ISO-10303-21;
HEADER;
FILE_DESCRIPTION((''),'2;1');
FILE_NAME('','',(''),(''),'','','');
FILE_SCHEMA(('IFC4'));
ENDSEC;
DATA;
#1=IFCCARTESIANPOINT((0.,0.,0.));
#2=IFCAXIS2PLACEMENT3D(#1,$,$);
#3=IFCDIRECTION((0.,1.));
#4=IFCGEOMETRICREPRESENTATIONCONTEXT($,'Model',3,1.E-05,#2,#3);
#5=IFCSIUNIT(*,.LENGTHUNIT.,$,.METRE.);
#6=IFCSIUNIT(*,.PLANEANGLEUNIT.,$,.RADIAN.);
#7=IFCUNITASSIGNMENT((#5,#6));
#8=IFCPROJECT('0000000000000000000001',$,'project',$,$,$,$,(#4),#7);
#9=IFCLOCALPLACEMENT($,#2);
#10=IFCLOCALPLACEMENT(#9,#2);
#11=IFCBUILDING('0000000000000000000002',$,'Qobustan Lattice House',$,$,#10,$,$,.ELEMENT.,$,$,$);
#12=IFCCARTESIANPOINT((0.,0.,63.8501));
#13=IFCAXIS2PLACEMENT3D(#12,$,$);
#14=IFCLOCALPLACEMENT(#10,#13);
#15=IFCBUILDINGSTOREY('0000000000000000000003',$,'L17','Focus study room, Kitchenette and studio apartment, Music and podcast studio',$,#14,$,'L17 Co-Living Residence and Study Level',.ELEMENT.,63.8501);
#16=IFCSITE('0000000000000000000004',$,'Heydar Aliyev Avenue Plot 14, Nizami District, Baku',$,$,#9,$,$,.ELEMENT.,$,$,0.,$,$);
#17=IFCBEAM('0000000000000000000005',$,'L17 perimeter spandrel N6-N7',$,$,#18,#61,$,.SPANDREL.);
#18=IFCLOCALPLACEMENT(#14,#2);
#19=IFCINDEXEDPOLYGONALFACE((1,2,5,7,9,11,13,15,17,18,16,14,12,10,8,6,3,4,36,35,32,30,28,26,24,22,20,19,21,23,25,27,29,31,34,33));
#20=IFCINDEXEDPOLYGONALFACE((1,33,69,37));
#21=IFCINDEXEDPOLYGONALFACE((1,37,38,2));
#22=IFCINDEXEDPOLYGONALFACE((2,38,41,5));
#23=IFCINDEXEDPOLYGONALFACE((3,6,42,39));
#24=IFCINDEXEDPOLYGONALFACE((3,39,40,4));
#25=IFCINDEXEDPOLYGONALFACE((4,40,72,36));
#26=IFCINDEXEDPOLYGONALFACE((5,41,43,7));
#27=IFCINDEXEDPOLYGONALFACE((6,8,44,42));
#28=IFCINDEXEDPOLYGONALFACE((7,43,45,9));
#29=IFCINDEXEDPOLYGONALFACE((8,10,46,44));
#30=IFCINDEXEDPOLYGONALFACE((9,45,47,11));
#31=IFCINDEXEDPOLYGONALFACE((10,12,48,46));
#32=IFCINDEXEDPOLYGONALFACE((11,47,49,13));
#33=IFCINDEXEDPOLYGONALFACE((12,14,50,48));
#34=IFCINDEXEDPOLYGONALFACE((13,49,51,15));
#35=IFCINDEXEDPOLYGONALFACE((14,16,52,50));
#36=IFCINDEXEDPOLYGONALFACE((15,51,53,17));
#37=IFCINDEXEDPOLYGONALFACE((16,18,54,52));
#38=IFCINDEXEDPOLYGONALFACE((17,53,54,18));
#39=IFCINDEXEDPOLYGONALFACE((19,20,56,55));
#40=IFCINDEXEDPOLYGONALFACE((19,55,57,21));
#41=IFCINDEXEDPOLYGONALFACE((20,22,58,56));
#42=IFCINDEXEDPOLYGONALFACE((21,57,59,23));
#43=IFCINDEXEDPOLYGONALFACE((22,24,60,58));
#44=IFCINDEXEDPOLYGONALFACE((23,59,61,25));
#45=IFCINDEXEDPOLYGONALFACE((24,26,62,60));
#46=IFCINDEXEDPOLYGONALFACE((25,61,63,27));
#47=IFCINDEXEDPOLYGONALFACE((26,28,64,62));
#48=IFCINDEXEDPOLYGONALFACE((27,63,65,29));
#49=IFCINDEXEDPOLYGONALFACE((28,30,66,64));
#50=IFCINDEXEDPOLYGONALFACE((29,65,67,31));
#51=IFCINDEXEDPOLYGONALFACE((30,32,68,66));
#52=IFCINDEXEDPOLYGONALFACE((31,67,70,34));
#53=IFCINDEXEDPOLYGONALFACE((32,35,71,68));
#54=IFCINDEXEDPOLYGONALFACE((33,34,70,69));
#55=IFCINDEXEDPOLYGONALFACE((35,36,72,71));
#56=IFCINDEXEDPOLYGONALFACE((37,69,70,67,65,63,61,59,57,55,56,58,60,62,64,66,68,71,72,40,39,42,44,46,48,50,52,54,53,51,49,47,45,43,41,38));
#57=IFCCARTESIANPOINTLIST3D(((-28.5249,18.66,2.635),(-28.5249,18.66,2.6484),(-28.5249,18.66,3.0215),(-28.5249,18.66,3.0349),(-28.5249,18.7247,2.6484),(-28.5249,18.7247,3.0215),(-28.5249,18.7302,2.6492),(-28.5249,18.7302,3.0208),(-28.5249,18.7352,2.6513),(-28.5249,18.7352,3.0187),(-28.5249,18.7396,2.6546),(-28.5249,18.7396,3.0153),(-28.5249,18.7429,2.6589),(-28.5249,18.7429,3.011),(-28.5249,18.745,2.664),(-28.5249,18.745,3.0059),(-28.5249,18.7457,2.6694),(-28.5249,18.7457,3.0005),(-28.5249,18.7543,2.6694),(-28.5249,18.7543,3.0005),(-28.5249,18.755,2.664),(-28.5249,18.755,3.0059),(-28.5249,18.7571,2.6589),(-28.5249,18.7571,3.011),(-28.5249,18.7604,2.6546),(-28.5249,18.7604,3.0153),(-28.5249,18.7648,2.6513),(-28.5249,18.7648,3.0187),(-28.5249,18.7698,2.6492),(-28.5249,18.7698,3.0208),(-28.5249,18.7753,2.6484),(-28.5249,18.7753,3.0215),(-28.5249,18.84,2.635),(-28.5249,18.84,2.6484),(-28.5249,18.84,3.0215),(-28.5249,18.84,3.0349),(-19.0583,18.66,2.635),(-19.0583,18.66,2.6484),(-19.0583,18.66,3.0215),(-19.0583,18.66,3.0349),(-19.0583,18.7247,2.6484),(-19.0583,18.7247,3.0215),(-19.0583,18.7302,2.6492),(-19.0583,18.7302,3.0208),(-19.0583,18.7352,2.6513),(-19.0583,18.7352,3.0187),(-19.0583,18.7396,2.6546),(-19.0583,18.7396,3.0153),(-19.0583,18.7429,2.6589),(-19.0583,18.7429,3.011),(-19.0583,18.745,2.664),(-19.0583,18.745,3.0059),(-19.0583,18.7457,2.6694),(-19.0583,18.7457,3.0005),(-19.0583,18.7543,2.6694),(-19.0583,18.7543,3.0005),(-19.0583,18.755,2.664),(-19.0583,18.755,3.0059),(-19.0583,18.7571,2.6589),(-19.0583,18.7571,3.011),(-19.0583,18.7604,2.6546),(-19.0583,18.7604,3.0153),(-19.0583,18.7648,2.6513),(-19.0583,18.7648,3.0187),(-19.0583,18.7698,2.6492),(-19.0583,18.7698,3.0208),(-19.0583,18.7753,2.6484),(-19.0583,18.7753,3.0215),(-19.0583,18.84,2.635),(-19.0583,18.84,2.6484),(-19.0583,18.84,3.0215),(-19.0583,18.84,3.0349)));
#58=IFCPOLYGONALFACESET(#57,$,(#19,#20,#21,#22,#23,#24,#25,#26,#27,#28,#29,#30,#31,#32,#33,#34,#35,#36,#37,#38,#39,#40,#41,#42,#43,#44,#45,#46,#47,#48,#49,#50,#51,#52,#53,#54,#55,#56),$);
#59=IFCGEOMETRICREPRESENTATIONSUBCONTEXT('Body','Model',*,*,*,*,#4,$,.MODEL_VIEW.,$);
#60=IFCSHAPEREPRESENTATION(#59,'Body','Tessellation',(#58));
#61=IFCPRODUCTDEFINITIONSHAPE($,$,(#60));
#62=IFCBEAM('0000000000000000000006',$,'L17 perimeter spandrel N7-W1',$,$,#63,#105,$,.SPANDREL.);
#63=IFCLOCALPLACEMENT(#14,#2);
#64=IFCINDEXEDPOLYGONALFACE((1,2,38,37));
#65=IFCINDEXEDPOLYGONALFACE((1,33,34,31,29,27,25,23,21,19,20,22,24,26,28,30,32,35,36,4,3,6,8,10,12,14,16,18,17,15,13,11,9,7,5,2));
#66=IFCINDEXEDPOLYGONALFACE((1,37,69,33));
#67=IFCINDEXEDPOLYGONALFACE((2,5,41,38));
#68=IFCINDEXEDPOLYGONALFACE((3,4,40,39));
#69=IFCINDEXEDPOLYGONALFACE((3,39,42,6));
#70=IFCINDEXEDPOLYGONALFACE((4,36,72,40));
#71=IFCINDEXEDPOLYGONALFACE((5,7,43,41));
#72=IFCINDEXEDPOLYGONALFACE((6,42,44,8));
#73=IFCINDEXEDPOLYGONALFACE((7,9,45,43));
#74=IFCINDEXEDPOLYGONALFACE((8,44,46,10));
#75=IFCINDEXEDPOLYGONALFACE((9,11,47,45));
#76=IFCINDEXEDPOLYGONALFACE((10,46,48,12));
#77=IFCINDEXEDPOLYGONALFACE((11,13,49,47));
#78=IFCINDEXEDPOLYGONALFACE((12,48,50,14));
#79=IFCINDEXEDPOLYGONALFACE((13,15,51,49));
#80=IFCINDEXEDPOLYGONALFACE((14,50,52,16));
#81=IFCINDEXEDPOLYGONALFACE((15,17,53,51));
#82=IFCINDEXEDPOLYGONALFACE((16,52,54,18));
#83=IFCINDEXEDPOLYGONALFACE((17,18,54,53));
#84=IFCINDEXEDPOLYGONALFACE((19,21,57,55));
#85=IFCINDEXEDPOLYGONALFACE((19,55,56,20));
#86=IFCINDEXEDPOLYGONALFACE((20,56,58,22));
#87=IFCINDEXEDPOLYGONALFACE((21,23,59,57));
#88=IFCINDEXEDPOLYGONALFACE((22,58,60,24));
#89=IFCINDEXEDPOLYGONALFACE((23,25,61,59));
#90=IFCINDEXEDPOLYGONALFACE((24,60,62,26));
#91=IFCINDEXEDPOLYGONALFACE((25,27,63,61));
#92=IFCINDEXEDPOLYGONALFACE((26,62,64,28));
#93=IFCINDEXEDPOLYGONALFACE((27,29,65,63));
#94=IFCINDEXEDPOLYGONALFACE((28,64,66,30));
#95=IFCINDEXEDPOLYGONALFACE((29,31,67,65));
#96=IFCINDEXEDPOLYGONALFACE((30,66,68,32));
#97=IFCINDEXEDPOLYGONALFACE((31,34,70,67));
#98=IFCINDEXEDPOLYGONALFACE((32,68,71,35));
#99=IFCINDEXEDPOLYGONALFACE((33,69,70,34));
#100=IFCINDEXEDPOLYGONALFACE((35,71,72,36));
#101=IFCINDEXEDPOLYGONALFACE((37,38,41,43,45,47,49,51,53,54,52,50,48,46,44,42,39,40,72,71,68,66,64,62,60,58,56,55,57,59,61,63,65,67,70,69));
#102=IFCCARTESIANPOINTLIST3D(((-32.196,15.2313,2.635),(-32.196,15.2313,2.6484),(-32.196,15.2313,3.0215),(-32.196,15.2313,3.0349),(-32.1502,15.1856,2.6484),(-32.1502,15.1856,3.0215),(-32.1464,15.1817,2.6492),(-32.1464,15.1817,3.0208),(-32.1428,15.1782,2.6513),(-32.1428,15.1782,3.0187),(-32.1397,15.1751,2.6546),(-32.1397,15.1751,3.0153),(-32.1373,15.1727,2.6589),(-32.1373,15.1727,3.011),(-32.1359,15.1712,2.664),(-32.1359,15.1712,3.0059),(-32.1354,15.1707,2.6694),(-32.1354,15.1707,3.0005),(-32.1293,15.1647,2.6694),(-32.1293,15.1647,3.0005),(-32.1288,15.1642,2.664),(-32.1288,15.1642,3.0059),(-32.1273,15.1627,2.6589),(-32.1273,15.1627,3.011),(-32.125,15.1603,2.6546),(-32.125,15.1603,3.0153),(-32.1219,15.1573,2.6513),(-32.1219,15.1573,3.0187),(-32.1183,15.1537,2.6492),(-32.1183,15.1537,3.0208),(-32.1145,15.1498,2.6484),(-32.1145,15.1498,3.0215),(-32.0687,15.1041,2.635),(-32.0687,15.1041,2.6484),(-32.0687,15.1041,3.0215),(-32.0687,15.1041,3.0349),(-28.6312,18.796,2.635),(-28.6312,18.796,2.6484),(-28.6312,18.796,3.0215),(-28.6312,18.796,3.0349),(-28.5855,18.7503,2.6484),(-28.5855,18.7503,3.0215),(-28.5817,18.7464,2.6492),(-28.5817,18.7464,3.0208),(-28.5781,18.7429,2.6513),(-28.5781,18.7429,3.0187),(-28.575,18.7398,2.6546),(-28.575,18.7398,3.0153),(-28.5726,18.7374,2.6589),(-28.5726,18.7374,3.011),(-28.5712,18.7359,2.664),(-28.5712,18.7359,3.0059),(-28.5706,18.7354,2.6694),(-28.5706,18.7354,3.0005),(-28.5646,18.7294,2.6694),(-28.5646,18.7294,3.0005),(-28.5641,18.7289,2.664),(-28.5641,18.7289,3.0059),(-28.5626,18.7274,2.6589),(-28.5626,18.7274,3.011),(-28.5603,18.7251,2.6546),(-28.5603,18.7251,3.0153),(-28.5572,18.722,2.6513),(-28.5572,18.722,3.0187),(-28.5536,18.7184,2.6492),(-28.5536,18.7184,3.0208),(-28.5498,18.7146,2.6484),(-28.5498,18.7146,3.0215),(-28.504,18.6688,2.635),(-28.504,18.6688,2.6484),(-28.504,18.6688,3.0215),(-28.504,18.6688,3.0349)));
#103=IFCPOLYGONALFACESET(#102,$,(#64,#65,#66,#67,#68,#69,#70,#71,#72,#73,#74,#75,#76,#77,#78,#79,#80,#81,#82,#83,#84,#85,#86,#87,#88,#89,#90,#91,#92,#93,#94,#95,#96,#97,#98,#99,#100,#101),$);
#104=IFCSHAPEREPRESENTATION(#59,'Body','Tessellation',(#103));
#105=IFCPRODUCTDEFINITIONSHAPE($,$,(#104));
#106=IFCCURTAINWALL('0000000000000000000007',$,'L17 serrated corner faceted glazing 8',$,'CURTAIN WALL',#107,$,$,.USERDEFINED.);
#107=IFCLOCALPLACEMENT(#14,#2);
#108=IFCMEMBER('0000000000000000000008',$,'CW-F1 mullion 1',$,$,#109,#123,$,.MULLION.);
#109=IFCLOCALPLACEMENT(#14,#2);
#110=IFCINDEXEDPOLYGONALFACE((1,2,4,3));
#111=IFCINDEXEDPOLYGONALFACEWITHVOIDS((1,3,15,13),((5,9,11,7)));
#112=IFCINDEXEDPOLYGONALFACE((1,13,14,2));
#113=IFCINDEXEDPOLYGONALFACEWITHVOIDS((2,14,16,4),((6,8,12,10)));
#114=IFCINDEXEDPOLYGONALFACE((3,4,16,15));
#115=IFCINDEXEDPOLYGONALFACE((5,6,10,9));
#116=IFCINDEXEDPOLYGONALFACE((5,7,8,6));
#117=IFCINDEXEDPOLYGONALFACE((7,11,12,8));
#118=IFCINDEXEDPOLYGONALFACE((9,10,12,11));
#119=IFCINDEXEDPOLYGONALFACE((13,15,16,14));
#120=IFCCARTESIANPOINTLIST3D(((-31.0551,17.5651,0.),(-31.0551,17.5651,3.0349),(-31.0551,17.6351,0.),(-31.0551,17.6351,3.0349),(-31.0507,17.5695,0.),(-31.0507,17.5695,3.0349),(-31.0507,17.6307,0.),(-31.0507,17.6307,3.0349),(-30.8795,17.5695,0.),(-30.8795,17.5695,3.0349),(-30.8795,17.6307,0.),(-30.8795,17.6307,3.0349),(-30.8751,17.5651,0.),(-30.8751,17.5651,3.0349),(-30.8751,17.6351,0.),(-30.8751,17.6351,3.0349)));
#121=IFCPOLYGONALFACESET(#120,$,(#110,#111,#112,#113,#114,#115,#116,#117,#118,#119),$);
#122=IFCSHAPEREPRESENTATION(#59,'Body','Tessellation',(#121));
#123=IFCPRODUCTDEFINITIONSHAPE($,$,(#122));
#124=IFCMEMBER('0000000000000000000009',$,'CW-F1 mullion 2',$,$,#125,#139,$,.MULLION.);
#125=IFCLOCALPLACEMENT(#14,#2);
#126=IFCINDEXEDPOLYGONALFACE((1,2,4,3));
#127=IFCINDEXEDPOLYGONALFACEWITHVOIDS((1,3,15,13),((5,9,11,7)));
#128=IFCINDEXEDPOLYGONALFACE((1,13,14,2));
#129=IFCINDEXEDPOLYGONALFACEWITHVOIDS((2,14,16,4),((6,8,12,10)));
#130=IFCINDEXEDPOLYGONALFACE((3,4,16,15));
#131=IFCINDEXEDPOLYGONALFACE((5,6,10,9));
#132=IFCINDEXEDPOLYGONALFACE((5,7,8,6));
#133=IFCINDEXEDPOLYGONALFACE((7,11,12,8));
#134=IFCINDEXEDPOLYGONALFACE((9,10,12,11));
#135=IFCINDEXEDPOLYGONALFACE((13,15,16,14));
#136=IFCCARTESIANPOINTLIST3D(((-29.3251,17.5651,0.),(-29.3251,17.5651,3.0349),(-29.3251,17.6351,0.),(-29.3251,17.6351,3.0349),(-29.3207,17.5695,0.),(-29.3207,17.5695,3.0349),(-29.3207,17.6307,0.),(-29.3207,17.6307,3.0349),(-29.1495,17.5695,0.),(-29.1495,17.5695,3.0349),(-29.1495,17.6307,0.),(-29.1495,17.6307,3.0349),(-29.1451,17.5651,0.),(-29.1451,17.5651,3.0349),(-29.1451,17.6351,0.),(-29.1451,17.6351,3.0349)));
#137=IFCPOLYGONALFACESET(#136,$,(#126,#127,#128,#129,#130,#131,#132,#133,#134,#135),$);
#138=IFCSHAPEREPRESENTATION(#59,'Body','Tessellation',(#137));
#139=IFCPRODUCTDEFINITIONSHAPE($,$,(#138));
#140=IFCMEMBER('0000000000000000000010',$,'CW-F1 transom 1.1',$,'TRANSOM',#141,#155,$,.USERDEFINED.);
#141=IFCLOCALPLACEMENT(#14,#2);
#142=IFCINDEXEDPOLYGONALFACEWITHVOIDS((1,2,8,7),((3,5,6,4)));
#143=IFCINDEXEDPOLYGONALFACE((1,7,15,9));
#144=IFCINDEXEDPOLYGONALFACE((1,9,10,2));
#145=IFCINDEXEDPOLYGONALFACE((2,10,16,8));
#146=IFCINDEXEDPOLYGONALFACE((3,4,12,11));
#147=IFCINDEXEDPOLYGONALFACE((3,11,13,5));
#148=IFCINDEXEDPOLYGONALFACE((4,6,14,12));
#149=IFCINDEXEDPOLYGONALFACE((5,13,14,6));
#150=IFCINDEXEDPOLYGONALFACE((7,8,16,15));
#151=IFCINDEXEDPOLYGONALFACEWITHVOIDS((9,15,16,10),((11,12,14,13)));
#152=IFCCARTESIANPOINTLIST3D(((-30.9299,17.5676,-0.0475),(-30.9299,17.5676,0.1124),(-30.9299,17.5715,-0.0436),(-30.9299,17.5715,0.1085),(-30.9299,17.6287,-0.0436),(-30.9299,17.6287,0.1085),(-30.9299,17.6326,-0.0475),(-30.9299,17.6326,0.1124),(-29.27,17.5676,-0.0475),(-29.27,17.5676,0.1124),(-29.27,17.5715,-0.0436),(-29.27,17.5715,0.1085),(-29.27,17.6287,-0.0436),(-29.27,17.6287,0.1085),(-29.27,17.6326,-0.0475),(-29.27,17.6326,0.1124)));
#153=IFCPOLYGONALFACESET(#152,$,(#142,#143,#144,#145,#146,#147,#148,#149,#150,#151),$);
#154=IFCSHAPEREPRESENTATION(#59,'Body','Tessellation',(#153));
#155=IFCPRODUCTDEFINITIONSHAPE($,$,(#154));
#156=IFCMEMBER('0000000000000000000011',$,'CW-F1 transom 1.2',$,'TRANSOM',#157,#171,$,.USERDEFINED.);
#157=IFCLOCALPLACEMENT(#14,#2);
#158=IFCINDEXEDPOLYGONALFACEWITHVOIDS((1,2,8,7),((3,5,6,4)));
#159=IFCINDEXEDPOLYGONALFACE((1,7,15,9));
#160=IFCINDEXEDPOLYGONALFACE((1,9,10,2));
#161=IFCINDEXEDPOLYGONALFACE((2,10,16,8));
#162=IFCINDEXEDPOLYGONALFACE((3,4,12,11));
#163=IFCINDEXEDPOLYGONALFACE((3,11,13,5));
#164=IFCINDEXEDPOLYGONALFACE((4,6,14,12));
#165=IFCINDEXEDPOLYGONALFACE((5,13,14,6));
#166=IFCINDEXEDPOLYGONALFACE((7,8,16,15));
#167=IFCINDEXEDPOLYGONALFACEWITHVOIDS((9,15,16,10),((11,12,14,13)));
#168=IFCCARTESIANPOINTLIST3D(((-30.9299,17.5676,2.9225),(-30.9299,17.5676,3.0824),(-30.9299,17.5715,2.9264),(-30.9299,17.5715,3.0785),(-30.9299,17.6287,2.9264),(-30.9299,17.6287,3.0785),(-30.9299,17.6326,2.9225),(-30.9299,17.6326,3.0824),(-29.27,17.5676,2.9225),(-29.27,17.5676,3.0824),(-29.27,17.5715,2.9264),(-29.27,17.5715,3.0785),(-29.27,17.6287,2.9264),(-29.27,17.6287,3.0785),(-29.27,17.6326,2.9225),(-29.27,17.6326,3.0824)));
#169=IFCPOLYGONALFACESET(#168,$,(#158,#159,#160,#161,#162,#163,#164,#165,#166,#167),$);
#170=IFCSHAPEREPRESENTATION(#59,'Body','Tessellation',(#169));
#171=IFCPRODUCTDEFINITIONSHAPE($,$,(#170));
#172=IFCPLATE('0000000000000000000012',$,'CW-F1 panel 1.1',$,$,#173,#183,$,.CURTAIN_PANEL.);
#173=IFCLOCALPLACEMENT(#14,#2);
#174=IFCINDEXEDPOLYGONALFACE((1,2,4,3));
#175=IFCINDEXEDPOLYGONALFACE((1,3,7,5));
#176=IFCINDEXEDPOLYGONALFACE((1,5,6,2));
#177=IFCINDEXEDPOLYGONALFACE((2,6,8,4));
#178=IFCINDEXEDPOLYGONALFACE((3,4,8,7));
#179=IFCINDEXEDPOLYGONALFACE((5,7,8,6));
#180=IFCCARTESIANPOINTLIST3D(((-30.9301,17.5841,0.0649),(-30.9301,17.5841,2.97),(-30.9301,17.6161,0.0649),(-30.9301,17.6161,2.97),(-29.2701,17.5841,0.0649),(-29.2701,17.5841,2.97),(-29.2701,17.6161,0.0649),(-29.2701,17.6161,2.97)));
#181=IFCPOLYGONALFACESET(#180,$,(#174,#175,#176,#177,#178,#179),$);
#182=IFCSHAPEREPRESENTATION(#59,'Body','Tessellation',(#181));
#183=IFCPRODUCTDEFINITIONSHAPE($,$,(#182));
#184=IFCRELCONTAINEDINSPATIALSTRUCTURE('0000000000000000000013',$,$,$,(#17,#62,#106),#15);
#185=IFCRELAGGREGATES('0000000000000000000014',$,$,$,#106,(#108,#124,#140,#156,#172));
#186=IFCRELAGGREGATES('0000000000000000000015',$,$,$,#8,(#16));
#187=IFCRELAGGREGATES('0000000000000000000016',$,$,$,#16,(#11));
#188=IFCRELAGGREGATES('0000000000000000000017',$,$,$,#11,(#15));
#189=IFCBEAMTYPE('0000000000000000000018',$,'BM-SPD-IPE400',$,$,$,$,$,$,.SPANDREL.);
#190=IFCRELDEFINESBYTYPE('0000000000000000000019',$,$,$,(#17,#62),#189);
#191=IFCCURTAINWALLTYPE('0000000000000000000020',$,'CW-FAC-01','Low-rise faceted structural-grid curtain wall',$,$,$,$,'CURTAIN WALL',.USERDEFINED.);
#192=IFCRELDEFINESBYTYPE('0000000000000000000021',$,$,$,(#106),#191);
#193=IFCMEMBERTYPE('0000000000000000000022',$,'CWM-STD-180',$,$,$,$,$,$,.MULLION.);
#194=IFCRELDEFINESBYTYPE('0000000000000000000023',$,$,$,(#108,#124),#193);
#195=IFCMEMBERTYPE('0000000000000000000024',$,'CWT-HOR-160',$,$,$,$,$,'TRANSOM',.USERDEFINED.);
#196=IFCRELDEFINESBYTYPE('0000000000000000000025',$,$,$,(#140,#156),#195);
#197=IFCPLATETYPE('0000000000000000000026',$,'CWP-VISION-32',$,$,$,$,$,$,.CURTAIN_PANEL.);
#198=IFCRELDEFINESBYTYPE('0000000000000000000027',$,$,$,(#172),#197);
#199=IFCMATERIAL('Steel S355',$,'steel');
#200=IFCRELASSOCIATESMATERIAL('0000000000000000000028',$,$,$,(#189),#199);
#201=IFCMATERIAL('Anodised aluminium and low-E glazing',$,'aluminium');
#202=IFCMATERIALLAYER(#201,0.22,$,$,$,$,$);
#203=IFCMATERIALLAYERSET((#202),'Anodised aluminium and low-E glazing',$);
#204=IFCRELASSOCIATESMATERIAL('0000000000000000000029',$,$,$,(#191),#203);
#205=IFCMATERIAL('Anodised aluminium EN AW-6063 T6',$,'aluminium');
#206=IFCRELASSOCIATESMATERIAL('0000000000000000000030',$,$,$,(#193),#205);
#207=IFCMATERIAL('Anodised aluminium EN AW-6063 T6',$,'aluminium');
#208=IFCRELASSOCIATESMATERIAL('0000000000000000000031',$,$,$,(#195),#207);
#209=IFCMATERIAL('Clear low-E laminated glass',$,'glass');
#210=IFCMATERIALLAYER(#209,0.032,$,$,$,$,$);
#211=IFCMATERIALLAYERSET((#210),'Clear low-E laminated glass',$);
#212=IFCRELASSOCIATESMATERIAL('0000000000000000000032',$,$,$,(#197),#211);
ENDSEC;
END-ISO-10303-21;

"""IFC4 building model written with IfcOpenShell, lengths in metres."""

from ifc_helpers import new_model, si_unit, direction, frame, origin, origin_2d, place, context, subcontext, project, spatial, rectangle, hollow_rectangle, i_section, extrude, material, layer, layer_set, material_profile, profile_set, type_object, element, aggregate, save


model = new_model("IFC4")

# Units and contexts
model_context = context("Model", 3, precision=1e-05, world=origin(), true_north=direction((0.0, 1.0)))
body_context = subcontext(model_context, "Body", "Model", "MODEL_VIEW")
ifc_project = project(units=[si_unit("LENGTHUNIT", "METRE"), si_unit("PLANEANGLEUNIT", "RADIAN")], contexts=[model_context])

# Site, building, storey
site_placement = place(None, origin())
site = spatial("IfcSite", under=ifc_project, at=site_placement, Name="Heydar Aliyev Avenue Plot 14, Nizami District, Baku", CompositionType="ELEMENT", RefElevation=0.0)
building_placement = place(site_placement, origin())
building = spatial("IfcBuilding", under=site, at=building_placement, Name="Qobustan Lattice House", CompositionType="ELEMENT")
storey_placement = place(building_placement, frame((0.0, 0.0, 63.8501)))
storey = spatial("IfcBuildingStorey", under=building, at=storey_placement, Name="L17", Description="Focus study room, Kitchenette and studio apartment, Music and podcast studio", LongName="L17 Co-Living Residence and Study Level", CompositionType="ELEMENT", Elevation=63.8501)

# Beams
ifc_material_1 = material(Name="Steel S355", Category="steel")
ifc_material_profile_1 = material_profile(ifc_material_1, i_section(OverallWidth=0.1799, OverallDepth=0.3999, WebThickness=0.0085, FlangeThickness=0.0134, FilletRadius=0.021, at=origin_2d()), Name="IPE400")
ifc_profile_set_1 = profile_set([ifc_material_profile_1], Name="Steel S355")
beam_type_1 = type_object("IfcBeamType", Name="BM-SPD-IPE400", PredefinedType="SPANDREL", material=ifc_profile_set_1)
beam_1_placement = place(storey_placement, frame((-19.0583, 18.75, 2.835), z_axis=(-1.0, 0.0, 0.0), x_axis=(0.0, -1.0, 0.0)))
element("IfcBeam", 1, at=beam_1_placement, inside=storey, type_object=beam_type_1, Name="L17 perimeter spandrel N6-N7", PredefinedType="SPANDREL", context=body_context, shape_type="SweptSolid", body=[
    extrude(i_section(OverallWidth=0.1799, OverallDepth=0.3999, WebThickness=0.0085, FlangeThickness=0.0134, FilletRadius=0.021, at=origin_2d()), origin(), (0.0, 0.0, 1.0), 9.4666),
])
beam_2_placement = place(storey_placement, frame((-28.5676, 18.7324, 2.835), z_axis=(-0.707107, -0.707107, 0.0), x_axis=(0.707107, -0.707107, 0.0)))
element("IfcBeam", 2, at=beam_2_placement, inside=storey, type_object=beam_type_1, Name="L17 perimeter spandrel N7-W1", PredefinedType="SPANDREL", context=body_context, shape_type="SweptSolid", body=[
    extrude(i_section(OverallWidth=0.1799, OverallDepth=0.3999, WebThickness=0.0085, FlangeThickness=0.0134, FilletRadius=0.021, at=origin_2d()), origin(), (0.0, 0.0, 1.0), 5.0413),
])

# Curtain wall, members, plate
ifc_material_2 = material(Name="Anodised aluminium and low-E glazing", Category="aluminium")
ifc_layer_1 = layer(ifc_material_2, 0.22)
ifc_layer_set_1 = layer_set([ifc_layer_1], Name="Anodised aluminium and low-E glazing")
curtain_wall_type = type_object("IfcCurtainWallType", Name="CW-FAC-01", Description="Low-rise faceted structural-grid curtain wall", ElementType="CURTAIN WALL", PredefinedType="USERDEFINED", material=ifc_layer_set_1)
curtain_wall_placement = place(storey_placement, origin())
curtain_wall = element("IfcCurtainWall", 3, at=curtain_wall_placement, inside=storey, type_object=curtain_wall_type, Name="L17 serrated corner faceted glazing 8", ObjectType="CURTAIN WALL", PredefinedType="USERDEFINED")
ifc_material_3 = material(Name="Anodised aluminium EN AW-6063 T6", Category="aluminium")
ifc_material_profile_2 = material_profile(ifc_material_3, hollow_rectangle(XDim=0.0701, YDim=0.1799, WallThickness=0.0044, at=origin_2d()), Name="CWM-180x70")
ifc_profile_set_2 = profile_set([ifc_material_profile_2], Name="Anodised aluminium EN AW-6063 T6")
member_type_1 = type_object("IfcMemberType", Name="CWM-STD-180", PredefinedType="MULLION", material=ifc_profile_set_2)
member_1_placement = place(storey_placement, frame((-30.9651, 17.6001, 0.0), z_axis=(0.0, 0.0, 1.0), x_axis=(0.0, 1.0, 0.0)))
member_1 = element("IfcMember", 4, at=member_1_placement, type_object=member_type_1, Name="CW-F1 mullion 1", PredefinedType="MULLION", context=body_context, shape_type="SweptSolid", body=[
    extrude(hollow_rectangle(XDim=0.0701, YDim=0.1799, WallThickness=0.0044, at=origin_2d()), origin(), (0.0, 0.0, 1.0), 3.0349),
])
member_2_placement = place(storey_placement, frame((-29.2351, 17.6001, 0.0), z_axis=(0.0, 0.0, 1.0), x_axis=(0.0, 1.0, 0.0)))
member_2 = element("IfcMember", 5, at=member_2_placement, type_object=member_type_1, Name="CW-F1 mullion 2", PredefinedType="MULLION", context=body_context, shape_type="SweptSolid", body=[
    extrude(hollow_rectangle(XDim=0.0701, YDim=0.1799, WallThickness=0.0044, at=origin_2d()), origin(), (0.0, 0.0, 1.0), 3.0349),
])
ifc_material_4 = material(Name="Anodised aluminium EN AW-6063 T6", Category="aluminium")
ifc_material_profile_3 = material_profile(ifc_material_4, hollow_rectangle(XDim=0.0649, YDim=0.1599, WallThickness=0.0039, at=origin_2d()), Name="CWT-160x65")
ifc_profile_set_3 = profile_set([ifc_material_profile_3], Name="Anodised aluminium EN AW-6063 T6")
member_type_2 = type_object("IfcMemberType", Name="CWT-HOR-160", ElementType="TRANSOM", PredefinedType="USERDEFINED", material=ifc_profile_set_3)
member_3_placement = place(storey_placement, frame((-30.9299, 17.6001, 0.0325), z_axis=(1.0, 0.0, 0.0), x_axis=(0.0, 1.0, 0.0)))
member_3 = element("IfcMember", 6, at=member_3_placement, type_object=member_type_2, Name="CW-F1 transom 1.1", ObjectType="TRANSOM", PredefinedType="USERDEFINED", context=body_context, shape_type="SweptSolid", body=[
    extrude(hollow_rectangle(XDim=0.0649, YDim=0.1599, WallThickness=0.0039, at=origin_2d()), origin(), (0.0, 0.0, 1.0), 1.6599),
])
member_4_placement = place(storey_placement, frame((-30.9299, 17.6001, 3.0024), z_axis=(1.0, 0.0, 0.0), x_axis=(0.0, 1.0, 0.0)))
member_4 = element("IfcMember", 7, at=member_4_placement, type_object=member_type_2, Name="CW-F1 transom 1.2", ObjectType="TRANSOM", PredefinedType="USERDEFINED", context=body_context, shape_type="SweptSolid", body=[
    extrude(hollow_rectangle(XDim=0.0649, YDim=0.1599, WallThickness=0.0039, at=origin_2d()), origin(), (0.0, 0.0, 1.0), 1.6599),
])
ifc_material_5 = material(Name="Clear low-E laminated glass", Category="glass")
ifc_layer_2 = layer(ifc_material_5, 0.032)
ifc_layer_set_2 = layer_set([ifc_layer_2], Name="Clear low-E laminated glass")
plate_type_1 = type_object("IfcPlateType", Name="CWP-VISION-32", PredefinedType="CURTAIN_PANEL", material=ifc_layer_set_2)
plate_1_placement = place(storey_placement, frame((-30.1001, 17.6001, 0.0649), z_axis=(0.0, 0.0, 1.0), x_axis=(1.0, 0.0, 0.0)))
plate_1 = element("IfcPlate", 8, at=plate_1_placement, type_object=plate_type_1, Name="CW-F1 panel 1.1", PredefinedType="CURTAIN_PANEL", context=body_context, shape_type="SweptSolid", body=[
    extrude(rectangle(XDim=1.6599, YDim=0.032, at=origin_2d()), origin(), (0.0, 0.0, 1.0), 2.905),
])
aggregate(curtain_wall, [member_1, member_2, member_3, member_4, plate_1])

save(model, "model.ifc")
